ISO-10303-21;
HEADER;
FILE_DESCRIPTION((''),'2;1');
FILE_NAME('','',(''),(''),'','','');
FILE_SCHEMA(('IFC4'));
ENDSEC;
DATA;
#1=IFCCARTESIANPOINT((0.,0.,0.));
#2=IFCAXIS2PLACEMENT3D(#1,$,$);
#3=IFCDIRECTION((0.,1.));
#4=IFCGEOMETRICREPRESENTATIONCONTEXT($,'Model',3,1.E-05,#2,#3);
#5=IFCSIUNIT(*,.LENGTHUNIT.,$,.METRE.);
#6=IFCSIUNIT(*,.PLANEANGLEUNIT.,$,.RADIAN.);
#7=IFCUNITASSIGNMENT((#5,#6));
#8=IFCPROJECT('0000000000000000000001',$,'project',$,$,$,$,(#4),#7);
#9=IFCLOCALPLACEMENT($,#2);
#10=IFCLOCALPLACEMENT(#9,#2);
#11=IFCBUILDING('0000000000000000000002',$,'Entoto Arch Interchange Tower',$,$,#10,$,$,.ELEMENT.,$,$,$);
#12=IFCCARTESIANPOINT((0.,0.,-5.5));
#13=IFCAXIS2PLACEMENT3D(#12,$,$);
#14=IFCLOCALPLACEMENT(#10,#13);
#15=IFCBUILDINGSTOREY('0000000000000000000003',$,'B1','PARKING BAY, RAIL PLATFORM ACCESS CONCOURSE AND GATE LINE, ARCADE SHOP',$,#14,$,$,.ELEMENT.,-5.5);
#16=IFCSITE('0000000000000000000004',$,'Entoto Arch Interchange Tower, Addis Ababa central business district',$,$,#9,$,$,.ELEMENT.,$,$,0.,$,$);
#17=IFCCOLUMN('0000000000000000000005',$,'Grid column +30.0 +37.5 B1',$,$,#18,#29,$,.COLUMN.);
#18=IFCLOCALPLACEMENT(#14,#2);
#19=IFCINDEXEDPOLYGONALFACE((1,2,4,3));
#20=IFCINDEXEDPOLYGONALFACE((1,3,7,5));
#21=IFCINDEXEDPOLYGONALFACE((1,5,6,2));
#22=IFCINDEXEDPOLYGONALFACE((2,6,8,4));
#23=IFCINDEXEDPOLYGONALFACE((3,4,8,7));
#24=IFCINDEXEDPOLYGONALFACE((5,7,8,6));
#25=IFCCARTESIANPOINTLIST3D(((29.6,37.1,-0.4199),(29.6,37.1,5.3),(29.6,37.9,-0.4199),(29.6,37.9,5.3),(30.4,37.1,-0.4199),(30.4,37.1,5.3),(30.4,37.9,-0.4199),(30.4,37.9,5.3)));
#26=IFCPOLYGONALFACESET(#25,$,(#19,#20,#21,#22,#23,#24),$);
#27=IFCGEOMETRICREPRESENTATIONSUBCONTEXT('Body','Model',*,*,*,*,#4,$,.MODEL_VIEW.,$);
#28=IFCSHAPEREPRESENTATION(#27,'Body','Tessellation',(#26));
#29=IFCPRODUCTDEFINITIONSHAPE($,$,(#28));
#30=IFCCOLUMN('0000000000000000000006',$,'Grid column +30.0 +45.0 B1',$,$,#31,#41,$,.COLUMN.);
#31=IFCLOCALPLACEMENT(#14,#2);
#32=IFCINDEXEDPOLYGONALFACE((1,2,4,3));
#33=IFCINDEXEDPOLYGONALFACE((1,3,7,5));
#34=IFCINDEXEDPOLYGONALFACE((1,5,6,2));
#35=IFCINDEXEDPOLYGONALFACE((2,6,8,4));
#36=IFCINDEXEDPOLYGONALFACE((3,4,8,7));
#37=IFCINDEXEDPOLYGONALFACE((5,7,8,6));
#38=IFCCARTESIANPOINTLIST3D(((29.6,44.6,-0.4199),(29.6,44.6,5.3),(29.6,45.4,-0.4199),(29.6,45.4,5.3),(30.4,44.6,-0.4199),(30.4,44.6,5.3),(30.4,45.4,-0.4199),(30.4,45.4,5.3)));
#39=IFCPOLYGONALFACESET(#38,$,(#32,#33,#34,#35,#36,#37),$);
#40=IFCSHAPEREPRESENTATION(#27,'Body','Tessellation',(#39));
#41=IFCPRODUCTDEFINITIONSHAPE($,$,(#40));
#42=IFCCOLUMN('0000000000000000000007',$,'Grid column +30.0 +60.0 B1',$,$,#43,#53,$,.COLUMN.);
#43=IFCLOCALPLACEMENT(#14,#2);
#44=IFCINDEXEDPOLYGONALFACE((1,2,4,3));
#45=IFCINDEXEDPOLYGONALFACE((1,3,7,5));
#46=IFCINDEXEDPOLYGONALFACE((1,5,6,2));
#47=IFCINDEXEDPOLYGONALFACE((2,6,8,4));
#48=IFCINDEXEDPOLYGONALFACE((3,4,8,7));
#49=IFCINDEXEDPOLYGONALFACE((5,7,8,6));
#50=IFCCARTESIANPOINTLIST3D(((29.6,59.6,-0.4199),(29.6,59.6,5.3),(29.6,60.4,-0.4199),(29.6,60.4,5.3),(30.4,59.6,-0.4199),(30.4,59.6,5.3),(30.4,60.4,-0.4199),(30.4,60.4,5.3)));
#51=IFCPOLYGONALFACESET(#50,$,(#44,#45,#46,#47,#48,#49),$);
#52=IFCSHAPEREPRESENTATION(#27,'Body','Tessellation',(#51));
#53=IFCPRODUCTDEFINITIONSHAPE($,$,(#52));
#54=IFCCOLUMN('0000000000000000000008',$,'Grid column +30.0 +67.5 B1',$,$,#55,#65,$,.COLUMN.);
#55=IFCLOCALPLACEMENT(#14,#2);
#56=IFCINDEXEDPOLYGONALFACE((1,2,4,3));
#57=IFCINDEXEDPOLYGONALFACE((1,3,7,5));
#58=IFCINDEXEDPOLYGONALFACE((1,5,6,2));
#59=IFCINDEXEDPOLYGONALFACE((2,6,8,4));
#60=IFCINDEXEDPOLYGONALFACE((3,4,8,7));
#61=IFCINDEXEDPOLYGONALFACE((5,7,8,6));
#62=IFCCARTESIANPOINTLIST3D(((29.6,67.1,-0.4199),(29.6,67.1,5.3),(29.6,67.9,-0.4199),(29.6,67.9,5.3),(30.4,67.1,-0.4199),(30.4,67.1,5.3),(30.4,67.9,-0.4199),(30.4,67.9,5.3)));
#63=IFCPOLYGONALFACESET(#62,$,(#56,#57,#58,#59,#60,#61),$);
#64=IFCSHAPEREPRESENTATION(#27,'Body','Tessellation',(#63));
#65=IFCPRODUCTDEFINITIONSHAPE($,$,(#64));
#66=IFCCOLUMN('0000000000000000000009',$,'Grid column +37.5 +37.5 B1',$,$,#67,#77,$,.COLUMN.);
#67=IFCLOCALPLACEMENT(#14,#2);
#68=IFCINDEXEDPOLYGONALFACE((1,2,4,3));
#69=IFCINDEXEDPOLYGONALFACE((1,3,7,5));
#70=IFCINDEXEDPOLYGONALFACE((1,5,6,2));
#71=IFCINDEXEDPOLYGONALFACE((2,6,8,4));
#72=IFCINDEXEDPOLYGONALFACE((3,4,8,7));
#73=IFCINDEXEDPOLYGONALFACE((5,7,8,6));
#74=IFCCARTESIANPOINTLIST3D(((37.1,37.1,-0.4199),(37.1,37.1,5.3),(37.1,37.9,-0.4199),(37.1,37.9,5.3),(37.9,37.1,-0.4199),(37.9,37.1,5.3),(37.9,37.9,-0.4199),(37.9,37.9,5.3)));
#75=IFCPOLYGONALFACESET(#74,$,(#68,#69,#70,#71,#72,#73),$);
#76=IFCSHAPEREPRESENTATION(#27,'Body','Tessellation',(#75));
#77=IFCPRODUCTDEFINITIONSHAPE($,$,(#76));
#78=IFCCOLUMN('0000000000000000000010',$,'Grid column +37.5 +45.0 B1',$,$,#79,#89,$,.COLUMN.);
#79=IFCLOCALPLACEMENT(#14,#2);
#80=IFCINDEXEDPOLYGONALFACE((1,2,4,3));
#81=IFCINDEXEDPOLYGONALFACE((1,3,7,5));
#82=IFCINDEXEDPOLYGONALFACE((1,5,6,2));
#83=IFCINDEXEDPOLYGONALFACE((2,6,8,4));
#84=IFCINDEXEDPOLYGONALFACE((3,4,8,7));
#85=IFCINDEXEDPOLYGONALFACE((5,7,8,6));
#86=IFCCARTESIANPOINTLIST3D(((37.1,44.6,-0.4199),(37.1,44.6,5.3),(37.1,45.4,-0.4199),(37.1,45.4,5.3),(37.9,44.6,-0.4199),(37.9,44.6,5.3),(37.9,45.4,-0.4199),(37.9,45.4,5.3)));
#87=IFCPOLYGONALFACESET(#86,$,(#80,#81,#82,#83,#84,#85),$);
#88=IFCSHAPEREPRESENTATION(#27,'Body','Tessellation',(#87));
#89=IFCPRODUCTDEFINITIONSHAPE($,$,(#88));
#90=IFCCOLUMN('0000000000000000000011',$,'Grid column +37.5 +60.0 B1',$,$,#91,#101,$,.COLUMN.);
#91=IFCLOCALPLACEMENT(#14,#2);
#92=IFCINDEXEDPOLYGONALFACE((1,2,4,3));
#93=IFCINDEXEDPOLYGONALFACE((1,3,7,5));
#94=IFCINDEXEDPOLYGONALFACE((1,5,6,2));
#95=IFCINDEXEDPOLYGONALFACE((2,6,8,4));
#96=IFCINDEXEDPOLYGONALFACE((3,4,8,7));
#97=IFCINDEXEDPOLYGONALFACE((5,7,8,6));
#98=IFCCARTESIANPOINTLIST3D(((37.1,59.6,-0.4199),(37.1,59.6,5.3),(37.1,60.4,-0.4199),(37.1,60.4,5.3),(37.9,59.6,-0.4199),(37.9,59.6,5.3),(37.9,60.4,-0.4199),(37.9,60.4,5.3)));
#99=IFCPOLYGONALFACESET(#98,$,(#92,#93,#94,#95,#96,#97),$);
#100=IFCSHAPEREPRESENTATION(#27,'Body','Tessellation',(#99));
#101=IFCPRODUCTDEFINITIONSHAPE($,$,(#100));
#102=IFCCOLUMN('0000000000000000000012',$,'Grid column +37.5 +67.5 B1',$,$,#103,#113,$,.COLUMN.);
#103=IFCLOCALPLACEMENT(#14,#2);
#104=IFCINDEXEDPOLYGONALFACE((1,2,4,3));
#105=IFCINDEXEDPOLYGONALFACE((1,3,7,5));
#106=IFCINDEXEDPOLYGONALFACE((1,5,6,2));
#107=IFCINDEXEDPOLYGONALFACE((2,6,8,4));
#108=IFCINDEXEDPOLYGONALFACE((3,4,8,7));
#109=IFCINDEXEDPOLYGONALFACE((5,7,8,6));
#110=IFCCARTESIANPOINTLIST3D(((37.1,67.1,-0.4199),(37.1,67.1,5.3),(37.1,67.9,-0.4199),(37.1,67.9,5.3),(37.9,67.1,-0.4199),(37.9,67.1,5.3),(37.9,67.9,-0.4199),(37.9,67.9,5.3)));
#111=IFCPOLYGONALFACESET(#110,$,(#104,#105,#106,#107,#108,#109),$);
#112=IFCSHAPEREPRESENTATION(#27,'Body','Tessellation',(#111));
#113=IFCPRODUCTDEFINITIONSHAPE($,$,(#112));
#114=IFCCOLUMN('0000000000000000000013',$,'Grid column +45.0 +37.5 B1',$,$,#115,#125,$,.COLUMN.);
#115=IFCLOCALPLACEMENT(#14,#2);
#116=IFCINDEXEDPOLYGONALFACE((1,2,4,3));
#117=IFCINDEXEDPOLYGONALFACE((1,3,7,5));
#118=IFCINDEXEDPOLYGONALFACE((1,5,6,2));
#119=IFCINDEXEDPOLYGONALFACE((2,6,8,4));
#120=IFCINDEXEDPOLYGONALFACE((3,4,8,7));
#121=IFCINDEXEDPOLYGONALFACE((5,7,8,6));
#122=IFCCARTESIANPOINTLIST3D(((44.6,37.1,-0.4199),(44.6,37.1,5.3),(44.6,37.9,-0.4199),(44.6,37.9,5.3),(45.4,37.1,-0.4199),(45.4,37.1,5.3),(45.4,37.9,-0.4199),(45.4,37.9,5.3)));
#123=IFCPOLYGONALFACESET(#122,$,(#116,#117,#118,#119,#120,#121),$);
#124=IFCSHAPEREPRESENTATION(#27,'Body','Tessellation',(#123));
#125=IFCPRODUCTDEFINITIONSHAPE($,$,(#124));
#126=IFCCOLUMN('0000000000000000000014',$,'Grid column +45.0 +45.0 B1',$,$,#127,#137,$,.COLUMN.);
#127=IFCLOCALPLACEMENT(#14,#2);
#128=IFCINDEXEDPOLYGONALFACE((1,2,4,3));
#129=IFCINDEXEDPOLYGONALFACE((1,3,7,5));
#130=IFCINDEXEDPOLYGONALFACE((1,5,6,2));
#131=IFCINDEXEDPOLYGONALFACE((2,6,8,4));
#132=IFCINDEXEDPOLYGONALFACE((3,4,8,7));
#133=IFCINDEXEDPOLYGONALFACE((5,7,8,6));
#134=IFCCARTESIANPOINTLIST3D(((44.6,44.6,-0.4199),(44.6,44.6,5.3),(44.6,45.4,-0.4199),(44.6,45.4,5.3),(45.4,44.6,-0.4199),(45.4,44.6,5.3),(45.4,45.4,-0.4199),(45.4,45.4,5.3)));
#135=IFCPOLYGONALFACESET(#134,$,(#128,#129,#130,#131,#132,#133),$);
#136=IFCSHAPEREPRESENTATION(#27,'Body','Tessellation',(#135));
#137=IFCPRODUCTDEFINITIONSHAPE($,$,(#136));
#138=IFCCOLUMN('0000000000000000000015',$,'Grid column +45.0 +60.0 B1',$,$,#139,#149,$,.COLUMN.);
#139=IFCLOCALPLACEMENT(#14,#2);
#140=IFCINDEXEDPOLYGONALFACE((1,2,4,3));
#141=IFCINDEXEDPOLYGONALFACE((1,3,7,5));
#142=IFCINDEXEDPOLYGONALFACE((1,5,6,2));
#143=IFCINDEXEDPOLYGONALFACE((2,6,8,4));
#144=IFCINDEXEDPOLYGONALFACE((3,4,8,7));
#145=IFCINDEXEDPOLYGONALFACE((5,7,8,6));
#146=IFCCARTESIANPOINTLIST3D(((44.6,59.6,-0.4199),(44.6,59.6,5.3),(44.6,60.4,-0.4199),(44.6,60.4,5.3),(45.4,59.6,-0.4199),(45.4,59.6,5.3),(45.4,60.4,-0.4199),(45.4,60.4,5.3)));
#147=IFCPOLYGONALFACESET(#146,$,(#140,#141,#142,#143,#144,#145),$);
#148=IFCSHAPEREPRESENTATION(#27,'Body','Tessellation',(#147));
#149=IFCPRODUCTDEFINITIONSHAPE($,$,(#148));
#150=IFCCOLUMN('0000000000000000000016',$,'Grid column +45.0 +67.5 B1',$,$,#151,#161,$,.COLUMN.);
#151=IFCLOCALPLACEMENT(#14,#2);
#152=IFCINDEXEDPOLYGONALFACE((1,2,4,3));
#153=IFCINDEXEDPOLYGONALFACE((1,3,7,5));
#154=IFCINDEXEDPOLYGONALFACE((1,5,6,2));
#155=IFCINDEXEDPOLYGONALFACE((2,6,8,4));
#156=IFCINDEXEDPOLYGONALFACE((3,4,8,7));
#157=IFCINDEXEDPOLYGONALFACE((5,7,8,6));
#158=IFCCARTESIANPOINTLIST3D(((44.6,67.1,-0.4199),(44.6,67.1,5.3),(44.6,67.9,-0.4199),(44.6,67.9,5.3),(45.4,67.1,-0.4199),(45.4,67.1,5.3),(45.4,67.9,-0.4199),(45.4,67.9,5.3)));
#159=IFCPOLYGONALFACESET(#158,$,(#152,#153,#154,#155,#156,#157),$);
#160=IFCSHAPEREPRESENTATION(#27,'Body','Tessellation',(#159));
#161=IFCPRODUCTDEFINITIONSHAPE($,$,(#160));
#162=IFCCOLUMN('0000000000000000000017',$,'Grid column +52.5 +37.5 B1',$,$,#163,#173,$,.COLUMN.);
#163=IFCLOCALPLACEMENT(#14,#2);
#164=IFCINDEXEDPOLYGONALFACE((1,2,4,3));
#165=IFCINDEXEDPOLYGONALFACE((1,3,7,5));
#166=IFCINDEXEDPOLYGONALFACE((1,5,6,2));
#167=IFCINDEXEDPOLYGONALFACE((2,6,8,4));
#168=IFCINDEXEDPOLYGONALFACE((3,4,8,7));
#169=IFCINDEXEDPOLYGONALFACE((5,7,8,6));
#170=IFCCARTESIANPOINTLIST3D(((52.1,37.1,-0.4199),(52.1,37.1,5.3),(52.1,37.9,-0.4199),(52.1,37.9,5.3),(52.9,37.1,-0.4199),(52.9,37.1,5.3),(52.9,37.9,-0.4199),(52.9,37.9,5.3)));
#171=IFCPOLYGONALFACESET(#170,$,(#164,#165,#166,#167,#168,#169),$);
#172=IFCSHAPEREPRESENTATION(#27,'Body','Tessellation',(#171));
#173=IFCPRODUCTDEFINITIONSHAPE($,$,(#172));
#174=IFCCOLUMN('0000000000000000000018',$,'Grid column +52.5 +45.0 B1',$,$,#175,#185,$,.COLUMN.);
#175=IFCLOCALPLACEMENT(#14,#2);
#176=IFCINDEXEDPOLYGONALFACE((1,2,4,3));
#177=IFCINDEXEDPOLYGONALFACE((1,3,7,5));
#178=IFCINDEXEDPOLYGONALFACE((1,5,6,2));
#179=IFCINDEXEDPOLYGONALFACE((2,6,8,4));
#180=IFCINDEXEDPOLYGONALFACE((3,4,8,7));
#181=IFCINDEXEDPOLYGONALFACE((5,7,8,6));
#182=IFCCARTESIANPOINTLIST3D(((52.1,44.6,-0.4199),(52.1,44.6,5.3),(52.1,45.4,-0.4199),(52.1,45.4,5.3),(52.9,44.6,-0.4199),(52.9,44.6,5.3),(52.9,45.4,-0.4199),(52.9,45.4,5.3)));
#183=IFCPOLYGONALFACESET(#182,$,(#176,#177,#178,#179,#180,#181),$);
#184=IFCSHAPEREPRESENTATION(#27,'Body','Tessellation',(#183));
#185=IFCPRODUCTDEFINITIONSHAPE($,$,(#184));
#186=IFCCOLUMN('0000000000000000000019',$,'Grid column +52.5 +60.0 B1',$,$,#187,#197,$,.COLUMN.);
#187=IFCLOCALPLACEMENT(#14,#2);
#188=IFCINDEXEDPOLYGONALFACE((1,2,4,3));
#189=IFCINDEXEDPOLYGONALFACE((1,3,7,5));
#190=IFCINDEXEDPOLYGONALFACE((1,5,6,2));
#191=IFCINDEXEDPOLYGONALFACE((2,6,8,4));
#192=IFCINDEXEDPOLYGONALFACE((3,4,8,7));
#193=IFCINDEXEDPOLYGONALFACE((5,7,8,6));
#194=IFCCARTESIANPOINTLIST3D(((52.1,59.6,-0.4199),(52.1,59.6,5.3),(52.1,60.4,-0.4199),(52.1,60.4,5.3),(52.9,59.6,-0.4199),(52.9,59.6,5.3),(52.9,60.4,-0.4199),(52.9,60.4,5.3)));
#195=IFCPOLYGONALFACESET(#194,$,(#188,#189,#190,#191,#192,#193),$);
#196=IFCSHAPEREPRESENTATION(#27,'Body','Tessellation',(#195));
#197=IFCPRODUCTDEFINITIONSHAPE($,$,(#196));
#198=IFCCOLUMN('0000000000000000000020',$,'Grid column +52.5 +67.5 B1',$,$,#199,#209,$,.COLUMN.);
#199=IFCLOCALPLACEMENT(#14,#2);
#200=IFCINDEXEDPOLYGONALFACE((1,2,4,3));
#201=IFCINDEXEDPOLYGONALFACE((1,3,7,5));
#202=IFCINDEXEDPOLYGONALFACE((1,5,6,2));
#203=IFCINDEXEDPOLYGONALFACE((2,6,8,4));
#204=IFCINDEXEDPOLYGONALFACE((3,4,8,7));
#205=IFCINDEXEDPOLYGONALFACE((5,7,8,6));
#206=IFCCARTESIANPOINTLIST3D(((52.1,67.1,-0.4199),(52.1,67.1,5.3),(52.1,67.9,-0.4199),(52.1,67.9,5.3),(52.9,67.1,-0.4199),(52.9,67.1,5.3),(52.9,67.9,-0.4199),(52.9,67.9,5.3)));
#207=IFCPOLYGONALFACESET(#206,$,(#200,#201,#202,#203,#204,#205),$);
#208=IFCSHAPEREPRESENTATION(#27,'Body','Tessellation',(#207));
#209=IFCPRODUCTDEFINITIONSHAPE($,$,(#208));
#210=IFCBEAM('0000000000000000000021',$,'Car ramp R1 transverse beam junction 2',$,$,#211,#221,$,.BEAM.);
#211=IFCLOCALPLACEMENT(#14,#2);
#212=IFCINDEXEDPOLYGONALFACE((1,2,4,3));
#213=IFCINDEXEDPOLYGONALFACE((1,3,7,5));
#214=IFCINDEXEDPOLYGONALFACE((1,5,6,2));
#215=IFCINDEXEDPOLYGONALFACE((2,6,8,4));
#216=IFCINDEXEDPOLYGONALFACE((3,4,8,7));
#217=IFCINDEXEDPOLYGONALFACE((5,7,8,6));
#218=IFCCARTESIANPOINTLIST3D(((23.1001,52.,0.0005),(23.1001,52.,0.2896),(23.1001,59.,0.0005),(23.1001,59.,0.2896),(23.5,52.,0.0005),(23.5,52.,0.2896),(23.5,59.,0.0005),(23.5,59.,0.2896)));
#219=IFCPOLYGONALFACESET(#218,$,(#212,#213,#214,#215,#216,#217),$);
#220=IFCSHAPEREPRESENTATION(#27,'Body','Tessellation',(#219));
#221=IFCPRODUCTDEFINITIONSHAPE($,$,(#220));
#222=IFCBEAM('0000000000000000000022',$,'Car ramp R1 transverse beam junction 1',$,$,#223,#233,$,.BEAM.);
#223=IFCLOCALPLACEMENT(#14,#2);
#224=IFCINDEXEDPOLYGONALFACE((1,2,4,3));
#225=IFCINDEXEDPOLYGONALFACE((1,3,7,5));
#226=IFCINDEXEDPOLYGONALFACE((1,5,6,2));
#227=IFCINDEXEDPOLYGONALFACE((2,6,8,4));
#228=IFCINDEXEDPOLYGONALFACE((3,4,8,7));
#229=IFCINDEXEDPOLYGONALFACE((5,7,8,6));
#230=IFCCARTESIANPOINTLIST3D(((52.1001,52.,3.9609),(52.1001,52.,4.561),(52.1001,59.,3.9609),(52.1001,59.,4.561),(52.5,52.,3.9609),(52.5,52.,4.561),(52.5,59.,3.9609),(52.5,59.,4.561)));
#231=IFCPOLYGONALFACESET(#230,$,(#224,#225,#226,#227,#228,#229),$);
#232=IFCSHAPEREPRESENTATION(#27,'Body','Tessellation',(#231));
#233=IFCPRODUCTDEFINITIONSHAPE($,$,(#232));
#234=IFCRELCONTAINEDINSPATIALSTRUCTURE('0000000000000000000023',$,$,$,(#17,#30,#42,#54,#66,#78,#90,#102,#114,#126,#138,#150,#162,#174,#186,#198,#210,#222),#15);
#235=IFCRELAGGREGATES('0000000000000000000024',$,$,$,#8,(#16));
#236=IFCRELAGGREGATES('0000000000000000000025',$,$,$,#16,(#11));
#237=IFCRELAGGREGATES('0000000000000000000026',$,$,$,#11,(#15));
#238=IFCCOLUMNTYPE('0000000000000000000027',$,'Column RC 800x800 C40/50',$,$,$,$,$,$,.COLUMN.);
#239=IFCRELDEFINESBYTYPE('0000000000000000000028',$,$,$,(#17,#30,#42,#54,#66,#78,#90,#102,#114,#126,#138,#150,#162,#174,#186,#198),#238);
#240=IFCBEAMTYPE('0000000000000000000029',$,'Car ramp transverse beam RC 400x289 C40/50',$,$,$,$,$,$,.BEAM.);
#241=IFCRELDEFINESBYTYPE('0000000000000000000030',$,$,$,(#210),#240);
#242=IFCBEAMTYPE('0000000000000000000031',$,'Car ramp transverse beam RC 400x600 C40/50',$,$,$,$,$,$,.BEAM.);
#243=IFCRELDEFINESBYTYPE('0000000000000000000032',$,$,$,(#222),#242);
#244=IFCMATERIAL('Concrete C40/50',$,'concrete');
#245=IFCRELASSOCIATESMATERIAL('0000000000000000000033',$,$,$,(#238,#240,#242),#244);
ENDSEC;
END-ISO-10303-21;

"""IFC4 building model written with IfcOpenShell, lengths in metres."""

from ifc_helpers import new_model, si_unit, direction, frame, origin, origin_2d, place, context, subcontext, project, spatial, rectangle, extrude, material, material_profile, profile_set, type_object, element, save


model = new_model("IFC4")

# Units and contexts
model_context = context("Model", 3, precision=1e-05, world=origin(), true_north=direction((0.0, 1.0)))
body_context = subcontext(model_context, "Body", "Model", "MODEL_VIEW")
ifc_project = project(units=[si_unit("LENGTHUNIT", "METRE"), si_unit("PLANEANGLEUNIT", "RADIAN")], contexts=[model_context])

# Site, building, storey
site_placement = place(None, origin())
site = spatial("IfcSite", under=ifc_project, at=site_placement, Name="Entoto Arch Interchange Tower, Addis Ababa central business district", CompositionType="ELEMENT", RefElevation=0.0)
building_placement = place(site_placement, origin())
building = spatial("IfcBuilding", under=site, at=building_placement, Name="Entoto Arch Interchange Tower", CompositionType="ELEMENT")
storey_placement = place(building_placement, frame((0.0, 0.0, -5.5)))
storey = spatial("IfcBuildingStorey", under=building, at=storey_placement, Name="B1", Description="PARKING BAY, RAIL PLATFORM ACCESS CONCOURSE AND GATE LINE, ARCADE SHOP", CompositionType="ELEMENT", Elevation=-5.5)

# Columns
ifc_material_1 = material(Name="Concrete C40/50", Category="concrete")
ifc_material_profile_1 = material_profile(ifc_material_1, rectangle(XDim=0.8, YDim=0.8, at=origin_2d()))
ifc_profile_set_1 = profile_set([ifc_material_profile_1], Name="Concrete C40/50")
column_type = type_object("IfcColumnType", Name="Column RC 800x800 C40/50", PredefinedType="COLUMN", material=ifc_profile_set_1)
for number, where, z_axis, x_axis, name in (
    (1, (30.0, 37.5, -0.4199), (0.0, 0.0, 1.0), (1.0, 0.0, 0.0), "Grid column +30.0 +37.5 B1"),
    (2, (30.0, 45.0, -0.4199), (0.0, 0.0, 1.0), (1.0, 0.0, 0.0), "Grid column +30.0 +45.0 B1"),
    (3, (30.0, 60.0, -0.4199), (0.0, 0.0, 1.0), (1.0, 0.0, 0.0), "Grid column +30.0 +60.0 B1"),
    (4, (30.0, 67.5, -0.4199), (0.0, 0.0, 1.0), (1.0, 0.0, 0.0), "Grid column +30.0 +67.5 B1"),
    (5, (37.5, 37.5, -0.4199), (0.0, 0.0, 1.0), (1.0, 0.0, 0.0), "Grid column +37.5 +37.5 B1"),
    (6, (37.5, 45.0, -0.4199), (0.0, 0.0, 1.0), (1.0, 0.0, 0.0), "Grid column +37.5 +45.0 B1"),
    (7, (37.5, 60.0, -0.4199), (0.0, 0.0, 1.0), (1.0, 0.0, 0.0), "Grid column +37.5 +60.0 B1"),
    (8, (37.5, 67.5, -0.4199), (0.0, 0.0, 1.0), (1.0, 0.0, 0.0), "Grid column +37.5 +67.5 B1"),
    (9, (45.0, 37.5, -0.4199), (0.0, 0.0, 1.0), (1.0, 0.0, 0.0), "Grid column +45.0 +37.5 B1"),
    (10, (45.0, 45.0, -0.4199), (0.0, 0.0, 1.0), (1.0, 0.0, 0.0), "Grid column +45.0 +45.0 B1"),
    (11, (45.0, 60.0, -0.4199), (0.0, 0.0, 1.0), (1.0, 0.0, 0.0), "Grid column +45.0 +60.0 B1"),
    (12, (45.0, 67.5, -0.4199), (0.0, 0.0, 1.0), (1.0, 0.0, 0.0), "Grid column +45.0 +67.5 B1"),
    (13, (52.5, 37.5, -0.4199), (0.0, 0.0, 1.0), (1.0, 0.0, 0.0), "Grid column +52.5 +37.5 B1"),
    (14, (52.5, 45.0, -0.4199), (0.0, 0.0, 1.0), (1.0, 0.0, 0.0), "Grid column +52.5 +45.0 B1"),
    (15, (52.5, 60.0, -0.4199), (0.0, 0.0, 1.0), (1.0, 0.0, 0.0), "Grid column +52.5 +60.0 B1"),
    (16, (52.5, 67.5, -0.4199), (0.0, 0.0, 1.0), (1.0, 0.0, 0.0), "Grid column +52.5 +67.5 B1"),
):
    element("IfcColumn", number, at=place(storey_placement, frame(where, z_axis=z_axis, x_axis=x_axis)), inside=storey, type_object=column_type, Name=name, PredefinedType="COLUMN", context=body_context, shape_type="SweptSolid", body=[
        extrude(rectangle(XDim=0.8, YDim=0.8, at=origin_2d()), origin(), (0.0, 0.0, 1.0), 5.72),
    ])

# Beams
ifc_material_profile_2 = material_profile(ifc_material_1, rectangle(XDim=0.3999, YDim=0.2891, at=origin_2d()))
ifc_profile_set_2 = profile_set([ifc_material_profile_2], Name="Concrete C40/50")
beam_type_1 = type_object("IfcBeamType", Name="Car ramp transverse beam RC 400x289 C40/50", PredefinedType="BEAM", material=ifc_profile_set_2)
beam_1_placement = place(storey_placement, frame((23.3, 52.0, 0.145), z_axis=(0.0, 1.0, 0.0), x_axis=(-1.0, 0.0, 0.0)))
element("IfcBeam", 17, at=beam_1_placement, inside=storey, type_object=beam_type_1, Name="Car ramp R1 transverse beam junction 2", PredefinedType="BEAM", context=body_context, shape_type="SweptSolid", body=[
    extrude(rectangle(XDim=0.3999, YDim=0.2891, at=origin_2d()), origin(), (0.0, 0.0, 1.0), 7.0),
])
ifc_material_profile_3 = material_profile(ifc_material_1, rectangle(XDim=0.3999, YDim=0.6001, at=origin_2d()))
ifc_profile_set_3 = profile_set([ifc_material_profile_3], Name="Concrete C40/50")
beam_type_2 = type_object("IfcBeamType", Name="Car ramp transverse beam RC 400x600 C40/50", PredefinedType="BEAM", material=ifc_profile_set_3)
beam_2_placement = place(storey_placement, frame((52.3, 52.0, 4.261), z_axis=(0.0, 1.0, 0.0), x_axis=(-1.0, 0.0, 0.0)))
element("IfcBeam", 18, at=beam_2_placement, inside=storey, type_object=beam_type_2, Name="Car ramp R1 transverse beam junction 1", PredefinedType="BEAM", context=body_context, shape_type="SweptSolid", body=[
    extrude(rectangle(XDim=0.3999, YDim=0.6001, at=origin_2d()), origin(), (0.0, 0.0, 1.0), 7.0),
])

save(model, "model.ifc")
